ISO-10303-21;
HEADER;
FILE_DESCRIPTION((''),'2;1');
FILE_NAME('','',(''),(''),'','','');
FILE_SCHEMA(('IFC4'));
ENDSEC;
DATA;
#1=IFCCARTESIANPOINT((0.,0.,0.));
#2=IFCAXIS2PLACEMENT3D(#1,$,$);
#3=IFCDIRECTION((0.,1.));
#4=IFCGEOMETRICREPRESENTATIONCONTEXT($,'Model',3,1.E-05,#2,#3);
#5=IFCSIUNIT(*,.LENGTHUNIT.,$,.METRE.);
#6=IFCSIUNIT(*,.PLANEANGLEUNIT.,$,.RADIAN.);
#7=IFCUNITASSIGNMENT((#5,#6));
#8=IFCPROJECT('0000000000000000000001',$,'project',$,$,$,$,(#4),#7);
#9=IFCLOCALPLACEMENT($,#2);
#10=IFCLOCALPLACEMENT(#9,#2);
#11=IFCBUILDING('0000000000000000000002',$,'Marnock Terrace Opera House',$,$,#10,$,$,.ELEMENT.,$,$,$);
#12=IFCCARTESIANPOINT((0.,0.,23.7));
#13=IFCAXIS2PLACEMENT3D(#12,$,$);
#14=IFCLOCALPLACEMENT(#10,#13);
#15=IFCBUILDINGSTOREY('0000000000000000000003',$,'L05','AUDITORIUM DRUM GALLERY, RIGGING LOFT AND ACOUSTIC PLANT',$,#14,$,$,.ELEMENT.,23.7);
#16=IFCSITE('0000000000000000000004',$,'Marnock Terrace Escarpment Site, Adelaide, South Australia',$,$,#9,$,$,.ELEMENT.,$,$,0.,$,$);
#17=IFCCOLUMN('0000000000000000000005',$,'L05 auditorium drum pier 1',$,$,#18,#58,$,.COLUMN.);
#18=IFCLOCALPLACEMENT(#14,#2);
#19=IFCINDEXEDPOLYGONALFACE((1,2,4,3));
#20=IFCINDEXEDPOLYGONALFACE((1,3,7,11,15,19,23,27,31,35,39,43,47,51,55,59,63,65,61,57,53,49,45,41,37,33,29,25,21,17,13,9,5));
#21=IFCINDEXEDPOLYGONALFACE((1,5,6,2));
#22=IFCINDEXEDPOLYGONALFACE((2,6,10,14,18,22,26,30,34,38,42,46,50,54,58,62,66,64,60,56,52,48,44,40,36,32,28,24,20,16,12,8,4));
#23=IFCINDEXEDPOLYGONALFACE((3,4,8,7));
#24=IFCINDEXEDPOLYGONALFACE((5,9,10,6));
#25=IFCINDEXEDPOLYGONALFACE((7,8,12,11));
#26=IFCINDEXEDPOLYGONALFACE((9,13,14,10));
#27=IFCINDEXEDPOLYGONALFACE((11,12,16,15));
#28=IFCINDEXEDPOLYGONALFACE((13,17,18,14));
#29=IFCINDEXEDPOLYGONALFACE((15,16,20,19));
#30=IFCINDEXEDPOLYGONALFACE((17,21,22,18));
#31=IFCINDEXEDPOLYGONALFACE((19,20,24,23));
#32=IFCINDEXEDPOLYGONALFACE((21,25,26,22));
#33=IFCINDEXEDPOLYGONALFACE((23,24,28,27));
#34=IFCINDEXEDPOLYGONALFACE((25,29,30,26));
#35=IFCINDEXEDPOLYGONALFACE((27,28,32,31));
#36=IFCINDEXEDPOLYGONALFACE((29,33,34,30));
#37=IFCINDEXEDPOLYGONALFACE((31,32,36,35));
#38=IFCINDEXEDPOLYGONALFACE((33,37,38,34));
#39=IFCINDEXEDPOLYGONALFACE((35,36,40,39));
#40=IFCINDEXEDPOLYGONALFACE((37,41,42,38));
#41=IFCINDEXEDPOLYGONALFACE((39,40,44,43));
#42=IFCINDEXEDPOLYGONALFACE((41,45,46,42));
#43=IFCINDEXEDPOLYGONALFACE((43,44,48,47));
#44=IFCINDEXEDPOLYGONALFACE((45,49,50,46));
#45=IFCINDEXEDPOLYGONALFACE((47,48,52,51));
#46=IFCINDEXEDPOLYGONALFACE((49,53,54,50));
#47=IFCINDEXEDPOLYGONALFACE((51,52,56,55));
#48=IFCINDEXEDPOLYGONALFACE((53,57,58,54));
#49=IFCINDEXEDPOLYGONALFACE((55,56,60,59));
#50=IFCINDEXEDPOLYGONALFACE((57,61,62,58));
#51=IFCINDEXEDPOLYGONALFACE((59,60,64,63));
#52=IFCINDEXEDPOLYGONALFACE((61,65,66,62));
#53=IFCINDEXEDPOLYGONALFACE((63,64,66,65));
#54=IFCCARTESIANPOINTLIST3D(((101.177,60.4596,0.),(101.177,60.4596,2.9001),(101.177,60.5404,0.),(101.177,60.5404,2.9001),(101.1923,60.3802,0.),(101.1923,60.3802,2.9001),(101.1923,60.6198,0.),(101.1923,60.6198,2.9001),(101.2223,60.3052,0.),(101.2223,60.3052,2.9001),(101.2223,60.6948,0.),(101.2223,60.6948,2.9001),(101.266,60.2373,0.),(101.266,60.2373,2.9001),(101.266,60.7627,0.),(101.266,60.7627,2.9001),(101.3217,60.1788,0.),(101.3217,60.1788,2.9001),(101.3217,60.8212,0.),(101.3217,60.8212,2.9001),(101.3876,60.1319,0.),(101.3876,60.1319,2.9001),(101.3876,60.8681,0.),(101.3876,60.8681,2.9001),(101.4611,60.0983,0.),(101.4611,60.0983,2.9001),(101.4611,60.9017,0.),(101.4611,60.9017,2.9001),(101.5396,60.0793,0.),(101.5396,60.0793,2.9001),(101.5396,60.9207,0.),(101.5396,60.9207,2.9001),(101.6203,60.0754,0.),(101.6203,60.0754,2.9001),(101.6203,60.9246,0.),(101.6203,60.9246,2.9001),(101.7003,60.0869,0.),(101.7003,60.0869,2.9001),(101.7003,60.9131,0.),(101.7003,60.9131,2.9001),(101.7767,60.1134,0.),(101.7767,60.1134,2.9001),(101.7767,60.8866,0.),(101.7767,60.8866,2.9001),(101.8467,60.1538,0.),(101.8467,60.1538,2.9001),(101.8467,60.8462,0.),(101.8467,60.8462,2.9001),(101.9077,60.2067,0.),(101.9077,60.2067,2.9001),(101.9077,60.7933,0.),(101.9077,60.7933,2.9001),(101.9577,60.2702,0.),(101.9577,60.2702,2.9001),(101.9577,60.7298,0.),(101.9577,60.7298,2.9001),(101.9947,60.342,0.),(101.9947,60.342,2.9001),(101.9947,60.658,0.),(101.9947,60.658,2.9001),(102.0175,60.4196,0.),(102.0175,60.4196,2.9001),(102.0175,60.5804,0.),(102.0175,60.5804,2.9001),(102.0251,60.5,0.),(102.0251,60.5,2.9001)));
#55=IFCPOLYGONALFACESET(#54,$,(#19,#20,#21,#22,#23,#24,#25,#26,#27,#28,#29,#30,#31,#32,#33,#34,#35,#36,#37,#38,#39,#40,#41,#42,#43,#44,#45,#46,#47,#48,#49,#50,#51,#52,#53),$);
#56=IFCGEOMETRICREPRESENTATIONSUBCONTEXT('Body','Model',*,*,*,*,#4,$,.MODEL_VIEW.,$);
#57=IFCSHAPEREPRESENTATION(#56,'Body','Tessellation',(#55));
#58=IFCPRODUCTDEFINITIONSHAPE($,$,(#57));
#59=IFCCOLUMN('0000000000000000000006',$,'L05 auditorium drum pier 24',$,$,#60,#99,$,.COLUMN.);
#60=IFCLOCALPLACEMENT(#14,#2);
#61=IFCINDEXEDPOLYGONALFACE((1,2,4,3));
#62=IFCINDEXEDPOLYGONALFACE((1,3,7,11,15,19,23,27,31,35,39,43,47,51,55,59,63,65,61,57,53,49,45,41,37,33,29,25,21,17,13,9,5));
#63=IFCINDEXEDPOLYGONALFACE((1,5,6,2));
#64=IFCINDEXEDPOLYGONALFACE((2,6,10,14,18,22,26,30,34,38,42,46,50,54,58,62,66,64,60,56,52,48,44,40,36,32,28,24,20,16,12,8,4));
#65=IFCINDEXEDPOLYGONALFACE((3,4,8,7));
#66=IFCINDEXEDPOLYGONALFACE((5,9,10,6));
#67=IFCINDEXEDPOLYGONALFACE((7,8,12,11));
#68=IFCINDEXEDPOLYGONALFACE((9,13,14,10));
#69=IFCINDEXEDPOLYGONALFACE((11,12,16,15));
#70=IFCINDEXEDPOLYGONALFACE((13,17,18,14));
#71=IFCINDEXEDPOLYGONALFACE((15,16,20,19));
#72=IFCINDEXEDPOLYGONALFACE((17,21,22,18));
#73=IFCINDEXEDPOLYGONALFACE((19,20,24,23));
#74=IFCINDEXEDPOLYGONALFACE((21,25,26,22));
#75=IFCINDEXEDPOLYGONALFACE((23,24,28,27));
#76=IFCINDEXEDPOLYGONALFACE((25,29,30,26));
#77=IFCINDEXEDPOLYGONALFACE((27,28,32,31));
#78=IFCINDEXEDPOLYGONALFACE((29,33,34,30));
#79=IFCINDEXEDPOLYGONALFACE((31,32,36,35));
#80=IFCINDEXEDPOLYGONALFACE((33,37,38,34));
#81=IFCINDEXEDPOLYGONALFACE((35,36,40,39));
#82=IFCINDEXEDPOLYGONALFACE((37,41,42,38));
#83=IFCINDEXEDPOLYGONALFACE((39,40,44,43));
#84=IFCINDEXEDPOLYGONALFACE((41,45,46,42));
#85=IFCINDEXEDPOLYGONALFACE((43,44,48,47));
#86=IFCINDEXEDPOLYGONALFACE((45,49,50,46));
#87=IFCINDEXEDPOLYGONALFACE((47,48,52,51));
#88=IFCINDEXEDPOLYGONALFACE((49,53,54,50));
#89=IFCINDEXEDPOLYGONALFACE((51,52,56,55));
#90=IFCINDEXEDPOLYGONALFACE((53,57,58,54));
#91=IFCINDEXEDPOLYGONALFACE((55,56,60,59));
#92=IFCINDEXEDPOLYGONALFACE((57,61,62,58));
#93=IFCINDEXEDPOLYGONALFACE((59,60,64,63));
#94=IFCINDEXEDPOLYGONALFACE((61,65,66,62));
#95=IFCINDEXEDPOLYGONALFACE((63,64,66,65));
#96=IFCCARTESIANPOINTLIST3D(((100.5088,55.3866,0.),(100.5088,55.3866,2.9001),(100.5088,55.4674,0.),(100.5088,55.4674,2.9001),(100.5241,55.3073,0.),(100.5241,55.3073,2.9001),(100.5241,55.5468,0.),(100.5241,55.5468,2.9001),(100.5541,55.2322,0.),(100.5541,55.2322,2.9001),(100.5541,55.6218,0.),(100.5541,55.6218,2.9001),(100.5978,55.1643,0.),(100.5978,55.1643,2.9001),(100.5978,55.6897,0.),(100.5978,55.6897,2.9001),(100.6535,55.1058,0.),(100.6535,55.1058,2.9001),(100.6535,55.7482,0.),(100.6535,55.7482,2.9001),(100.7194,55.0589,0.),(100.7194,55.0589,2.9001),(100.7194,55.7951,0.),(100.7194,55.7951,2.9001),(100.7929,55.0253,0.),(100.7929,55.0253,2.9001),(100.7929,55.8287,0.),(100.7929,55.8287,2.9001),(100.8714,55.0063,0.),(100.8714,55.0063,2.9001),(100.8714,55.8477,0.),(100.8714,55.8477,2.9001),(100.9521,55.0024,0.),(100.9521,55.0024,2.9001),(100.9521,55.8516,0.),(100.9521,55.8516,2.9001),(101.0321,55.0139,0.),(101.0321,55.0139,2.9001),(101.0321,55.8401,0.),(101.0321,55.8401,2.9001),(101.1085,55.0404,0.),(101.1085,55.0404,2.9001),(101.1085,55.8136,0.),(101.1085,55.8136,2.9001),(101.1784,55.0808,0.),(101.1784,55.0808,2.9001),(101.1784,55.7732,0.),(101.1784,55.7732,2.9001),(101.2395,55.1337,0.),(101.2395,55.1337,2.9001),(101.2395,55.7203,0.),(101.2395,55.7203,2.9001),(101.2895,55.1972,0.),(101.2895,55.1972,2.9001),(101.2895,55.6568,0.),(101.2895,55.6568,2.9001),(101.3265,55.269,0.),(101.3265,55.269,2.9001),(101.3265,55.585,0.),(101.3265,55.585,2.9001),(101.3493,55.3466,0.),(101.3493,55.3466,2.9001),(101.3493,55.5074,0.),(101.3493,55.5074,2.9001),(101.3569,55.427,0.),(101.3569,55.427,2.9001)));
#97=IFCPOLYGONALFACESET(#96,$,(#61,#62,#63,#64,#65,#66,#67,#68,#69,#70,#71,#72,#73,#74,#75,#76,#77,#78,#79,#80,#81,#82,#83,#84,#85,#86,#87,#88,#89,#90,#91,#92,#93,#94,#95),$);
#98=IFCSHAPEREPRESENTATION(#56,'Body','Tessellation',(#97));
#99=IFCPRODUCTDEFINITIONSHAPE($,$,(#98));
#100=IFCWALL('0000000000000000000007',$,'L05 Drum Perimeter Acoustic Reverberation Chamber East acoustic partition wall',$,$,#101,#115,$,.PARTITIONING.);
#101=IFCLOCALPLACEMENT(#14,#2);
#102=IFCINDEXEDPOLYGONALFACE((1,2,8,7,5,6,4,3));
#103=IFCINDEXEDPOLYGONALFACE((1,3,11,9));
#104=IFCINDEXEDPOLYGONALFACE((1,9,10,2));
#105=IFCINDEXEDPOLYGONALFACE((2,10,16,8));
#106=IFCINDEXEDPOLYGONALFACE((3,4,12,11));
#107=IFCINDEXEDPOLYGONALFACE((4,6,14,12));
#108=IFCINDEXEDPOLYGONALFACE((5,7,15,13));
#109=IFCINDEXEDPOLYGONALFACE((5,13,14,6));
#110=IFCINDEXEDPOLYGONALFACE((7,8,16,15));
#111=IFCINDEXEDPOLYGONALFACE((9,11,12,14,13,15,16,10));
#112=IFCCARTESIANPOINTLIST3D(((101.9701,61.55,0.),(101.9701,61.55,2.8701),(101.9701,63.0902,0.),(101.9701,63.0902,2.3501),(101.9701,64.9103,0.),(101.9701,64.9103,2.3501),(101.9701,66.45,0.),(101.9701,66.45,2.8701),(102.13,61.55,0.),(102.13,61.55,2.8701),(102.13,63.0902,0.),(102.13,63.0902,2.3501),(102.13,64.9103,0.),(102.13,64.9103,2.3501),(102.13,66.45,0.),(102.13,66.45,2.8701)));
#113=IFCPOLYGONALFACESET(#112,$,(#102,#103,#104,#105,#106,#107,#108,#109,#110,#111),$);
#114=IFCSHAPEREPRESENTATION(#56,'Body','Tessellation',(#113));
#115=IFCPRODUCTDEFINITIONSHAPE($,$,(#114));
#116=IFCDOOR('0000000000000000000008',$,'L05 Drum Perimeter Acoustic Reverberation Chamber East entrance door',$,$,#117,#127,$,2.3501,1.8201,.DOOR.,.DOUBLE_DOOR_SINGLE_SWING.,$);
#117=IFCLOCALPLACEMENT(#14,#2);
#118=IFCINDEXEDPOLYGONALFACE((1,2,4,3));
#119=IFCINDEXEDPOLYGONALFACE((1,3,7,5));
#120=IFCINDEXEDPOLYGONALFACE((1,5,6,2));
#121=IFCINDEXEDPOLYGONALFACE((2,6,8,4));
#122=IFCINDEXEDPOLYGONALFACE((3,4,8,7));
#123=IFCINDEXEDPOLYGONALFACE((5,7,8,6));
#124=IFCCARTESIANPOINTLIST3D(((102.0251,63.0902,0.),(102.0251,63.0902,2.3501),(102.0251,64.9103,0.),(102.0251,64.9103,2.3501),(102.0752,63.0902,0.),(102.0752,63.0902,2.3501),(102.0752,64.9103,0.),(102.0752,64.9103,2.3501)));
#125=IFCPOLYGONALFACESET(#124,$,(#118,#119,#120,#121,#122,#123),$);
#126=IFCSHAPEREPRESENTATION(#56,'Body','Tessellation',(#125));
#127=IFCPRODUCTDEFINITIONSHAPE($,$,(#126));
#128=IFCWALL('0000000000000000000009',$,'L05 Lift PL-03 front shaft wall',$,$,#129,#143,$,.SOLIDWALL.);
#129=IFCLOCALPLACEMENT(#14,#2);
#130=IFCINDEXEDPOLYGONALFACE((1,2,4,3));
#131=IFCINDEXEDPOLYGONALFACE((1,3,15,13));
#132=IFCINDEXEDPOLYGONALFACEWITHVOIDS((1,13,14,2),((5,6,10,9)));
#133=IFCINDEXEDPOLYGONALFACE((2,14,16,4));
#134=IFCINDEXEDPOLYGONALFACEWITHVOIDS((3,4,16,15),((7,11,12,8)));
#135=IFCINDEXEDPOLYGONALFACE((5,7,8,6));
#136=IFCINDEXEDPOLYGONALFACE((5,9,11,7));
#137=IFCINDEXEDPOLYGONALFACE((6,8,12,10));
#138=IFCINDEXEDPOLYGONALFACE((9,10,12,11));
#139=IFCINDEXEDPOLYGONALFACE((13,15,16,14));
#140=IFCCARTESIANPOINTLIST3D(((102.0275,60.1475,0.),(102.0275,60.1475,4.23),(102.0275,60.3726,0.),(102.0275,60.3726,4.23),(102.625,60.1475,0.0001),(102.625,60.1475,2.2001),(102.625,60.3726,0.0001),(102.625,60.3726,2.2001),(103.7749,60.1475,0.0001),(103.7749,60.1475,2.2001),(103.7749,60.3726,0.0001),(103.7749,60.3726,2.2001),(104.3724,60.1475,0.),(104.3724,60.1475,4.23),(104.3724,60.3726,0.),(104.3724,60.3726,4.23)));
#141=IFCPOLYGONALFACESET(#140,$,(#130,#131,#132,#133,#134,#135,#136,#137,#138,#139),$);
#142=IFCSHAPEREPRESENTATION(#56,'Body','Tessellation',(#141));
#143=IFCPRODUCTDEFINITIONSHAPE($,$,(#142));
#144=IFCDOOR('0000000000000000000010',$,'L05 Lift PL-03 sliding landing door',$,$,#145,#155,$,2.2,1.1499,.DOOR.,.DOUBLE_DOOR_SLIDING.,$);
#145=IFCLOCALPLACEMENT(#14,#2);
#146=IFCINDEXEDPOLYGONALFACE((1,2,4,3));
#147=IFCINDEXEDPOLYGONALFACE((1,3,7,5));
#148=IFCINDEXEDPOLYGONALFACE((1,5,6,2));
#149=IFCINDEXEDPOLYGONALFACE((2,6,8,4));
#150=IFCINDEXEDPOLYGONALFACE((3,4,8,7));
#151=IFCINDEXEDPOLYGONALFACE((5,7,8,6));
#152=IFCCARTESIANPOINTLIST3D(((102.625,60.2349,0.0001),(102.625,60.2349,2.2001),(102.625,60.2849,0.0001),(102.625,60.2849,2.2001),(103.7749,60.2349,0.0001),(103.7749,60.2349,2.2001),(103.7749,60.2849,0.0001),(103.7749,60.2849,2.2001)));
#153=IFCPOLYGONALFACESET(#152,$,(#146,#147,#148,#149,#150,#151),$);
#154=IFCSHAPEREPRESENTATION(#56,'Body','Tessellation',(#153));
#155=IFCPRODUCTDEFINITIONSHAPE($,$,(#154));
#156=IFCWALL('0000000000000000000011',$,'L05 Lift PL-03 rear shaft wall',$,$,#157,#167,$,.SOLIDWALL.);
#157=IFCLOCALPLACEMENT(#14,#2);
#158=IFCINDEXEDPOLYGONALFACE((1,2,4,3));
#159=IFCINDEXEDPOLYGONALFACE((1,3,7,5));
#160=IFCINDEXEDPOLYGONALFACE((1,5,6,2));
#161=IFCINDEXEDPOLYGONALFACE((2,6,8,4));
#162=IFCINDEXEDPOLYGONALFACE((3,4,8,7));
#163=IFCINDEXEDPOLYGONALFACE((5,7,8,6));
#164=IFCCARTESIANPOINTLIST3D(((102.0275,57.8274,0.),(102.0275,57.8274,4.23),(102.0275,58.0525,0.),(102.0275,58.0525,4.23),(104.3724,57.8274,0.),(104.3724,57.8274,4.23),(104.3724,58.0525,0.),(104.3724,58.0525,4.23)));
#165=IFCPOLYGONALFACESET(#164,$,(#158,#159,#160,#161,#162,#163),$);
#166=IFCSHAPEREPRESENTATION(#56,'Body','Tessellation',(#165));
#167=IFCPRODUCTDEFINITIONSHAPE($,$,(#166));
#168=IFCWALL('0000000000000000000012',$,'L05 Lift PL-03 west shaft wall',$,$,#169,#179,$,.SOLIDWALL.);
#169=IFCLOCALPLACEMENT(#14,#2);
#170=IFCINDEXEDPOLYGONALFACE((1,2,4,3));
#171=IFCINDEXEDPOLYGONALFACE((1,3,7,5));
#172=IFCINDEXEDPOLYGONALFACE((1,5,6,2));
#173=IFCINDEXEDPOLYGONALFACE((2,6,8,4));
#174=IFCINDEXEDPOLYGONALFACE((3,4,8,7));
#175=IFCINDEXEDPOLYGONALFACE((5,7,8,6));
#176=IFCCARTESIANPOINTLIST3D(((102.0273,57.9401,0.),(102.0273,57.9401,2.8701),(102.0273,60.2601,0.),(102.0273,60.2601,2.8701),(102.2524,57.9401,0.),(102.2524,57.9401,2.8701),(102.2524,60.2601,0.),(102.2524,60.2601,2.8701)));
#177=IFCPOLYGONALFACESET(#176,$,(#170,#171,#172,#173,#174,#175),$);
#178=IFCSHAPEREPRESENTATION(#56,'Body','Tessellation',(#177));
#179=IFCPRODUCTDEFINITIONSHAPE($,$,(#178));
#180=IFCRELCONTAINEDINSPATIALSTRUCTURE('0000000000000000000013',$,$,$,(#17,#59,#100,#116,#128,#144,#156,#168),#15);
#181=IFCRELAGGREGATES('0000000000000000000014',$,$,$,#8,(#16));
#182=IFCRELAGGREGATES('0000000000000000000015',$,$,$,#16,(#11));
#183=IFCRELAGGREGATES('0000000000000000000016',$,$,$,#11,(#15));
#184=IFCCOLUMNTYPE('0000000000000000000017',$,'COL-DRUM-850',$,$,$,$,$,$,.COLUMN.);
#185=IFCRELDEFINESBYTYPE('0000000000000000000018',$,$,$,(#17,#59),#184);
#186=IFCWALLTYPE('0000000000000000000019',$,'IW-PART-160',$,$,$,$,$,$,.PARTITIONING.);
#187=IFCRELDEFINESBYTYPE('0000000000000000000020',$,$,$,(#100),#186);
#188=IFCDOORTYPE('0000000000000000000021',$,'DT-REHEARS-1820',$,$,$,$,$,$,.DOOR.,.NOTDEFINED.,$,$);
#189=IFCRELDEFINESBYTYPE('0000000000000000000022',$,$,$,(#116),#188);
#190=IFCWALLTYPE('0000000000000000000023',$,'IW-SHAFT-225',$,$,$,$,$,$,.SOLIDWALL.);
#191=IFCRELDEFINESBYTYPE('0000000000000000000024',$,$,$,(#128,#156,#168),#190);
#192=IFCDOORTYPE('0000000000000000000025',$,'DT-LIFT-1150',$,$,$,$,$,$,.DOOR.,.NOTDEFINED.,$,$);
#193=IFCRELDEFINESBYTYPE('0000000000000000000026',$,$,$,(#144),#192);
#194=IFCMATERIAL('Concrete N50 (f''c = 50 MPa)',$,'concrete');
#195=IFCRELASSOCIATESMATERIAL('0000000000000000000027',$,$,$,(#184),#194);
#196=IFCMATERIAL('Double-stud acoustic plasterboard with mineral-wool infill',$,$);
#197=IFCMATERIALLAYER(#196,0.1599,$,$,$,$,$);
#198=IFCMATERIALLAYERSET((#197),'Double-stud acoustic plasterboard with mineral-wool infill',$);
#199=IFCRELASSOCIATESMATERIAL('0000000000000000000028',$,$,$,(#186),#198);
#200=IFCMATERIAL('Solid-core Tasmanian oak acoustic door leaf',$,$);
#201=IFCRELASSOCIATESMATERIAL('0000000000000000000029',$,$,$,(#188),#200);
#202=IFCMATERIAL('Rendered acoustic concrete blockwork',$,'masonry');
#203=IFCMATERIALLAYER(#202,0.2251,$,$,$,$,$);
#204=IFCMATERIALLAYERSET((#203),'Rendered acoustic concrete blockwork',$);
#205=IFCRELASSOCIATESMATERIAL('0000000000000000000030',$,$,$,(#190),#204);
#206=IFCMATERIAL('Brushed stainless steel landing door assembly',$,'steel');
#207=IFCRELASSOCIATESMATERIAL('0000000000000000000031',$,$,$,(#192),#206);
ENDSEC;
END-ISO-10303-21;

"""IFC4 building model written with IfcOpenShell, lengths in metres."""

from ifc_helpers import new_model, si_unit, direction, frame, frame_2d, origin, origin_2d, place, context, subcontext, project, spatial, rectangle, circle, extrude, material, layer, layer_set, material_profile, profile_set, type_object, element, fill, save


model = new_model("IFC4")

# Units and contexts
model_context = context("Model", 3, precision=1e-05, world=origin(), true_north=direction((0.0, 1.0)))
body_context = subcontext(model_context, "Body", "Model", "MODEL_VIEW")
ifc_project = project(units=[si_unit("LENGTHUNIT", "METRE"), si_unit("PLANEANGLEUNIT", "RADIAN")], contexts=[model_context])

# Site, building, storey
site_placement = place(None, origin())
site = spatial("IfcSite", under=ifc_project, at=site_placement, Name="Marnock Terrace Escarpment Site, Adelaide, South Australia", CompositionType="ELEMENT", RefElevation=0.0)
building_placement = place(site_placement, origin())
building = spatial("IfcBuilding", under=site, at=building_placement, Name="Marnock Terrace Opera House", CompositionType="ELEMENT")
storey_placement = place(building_placement, frame((0.0, 0.0, 23.7)))
storey = spatial("IfcBuildingStorey", under=building, at=storey_placement, Name="L05", Description="AUDITORIUM DRUM GALLERY, RIGGING LOFT AND ACOUSTIC PLANT", CompositionType="ELEMENT", Elevation=23.7)

# Columns
ifc_material_1 = material(Name="Concrete N50 (f'c = 50 MPa)", Category="concrete")
ifc_material_profile = material_profile(ifc_material_1, circle(Radius=0.425, at=origin_2d()))
ifc_profile_set = profile_set([ifc_material_profile], Name="Concrete N50 (f'c = 50 MPa)")
column_type = type_object("IfcColumnType", Name="COL-DRUM-850", PredefinedType="COLUMN", material=ifc_profile_set)
for number, where, z_axis, x_axis, name in (
    (1, (101.6001, 60.5, 0.0), (0.0, 0.0, 1.0), (1.0, 0.0, 0.0), "L05 auditorium drum pier 1"),
    (2, (100.9319, 55.427, 0.0), (0.0, 0.0, 1.0), (1.0, 0.0, 0.0), "L05 auditorium drum pier 24"),
):
    element("IfcColumn", number, at=place(storey_placement, frame(where, z_axis=z_axis, x_axis=x_axis)), inside=storey, type_object=column_type, Name=name, PredefinedType="COLUMN", context=body_context, shape_type="SweptSolid", body=[
        extrude(circle(Radius=0.425, at=origin_2d()), origin(), (0.0, 0.0, 1.0), 2.9001),
    ])

# Walls, openings, doors
ifc_material_2 = material(Name="Double-stud acoustic plasterboard with mineral-wool infill")
ifc_layer_1 = layer(ifc_material_2, 0.1599)
ifc_layer_set_1 = layer_set([ifc_layer_1], Name="Double-stud acoustic plasterboard with mineral-wool infill")
wall_type_1 = type_object("IfcWallType", Name="IW-PART-160", PredefinedType="PARTITIONING", material=ifc_layer_set_1)
wall_1_placement = place(storey_placement, frame((102.05, 61.55, 0.0), z_axis=(0.0, 0.0, 1.0), x_axis=(0.0, 1.0, 0.0)))
wall_1 = element("IfcWall", 3, at=wall_1_placement, inside=storey, type_object=wall_type_1, Name="L05 Drum Perimeter Acoustic Reverberation Chamber East acoustic partition wall", PredefinedType="PARTITIONING", context=body_context, shape_type="SweptSolid", body=[
    extrude(rectangle(XDim=4.8999, YDim=0.1599, at=frame_2d((2.45, 0.0))), origin(), (0.0, 0.0, 1.0), 2.8701),
])
opening_1_placement = place(wall_1_placement, frame((1.54, 0.0, 0.0)))
opening_1 = element("IfcOpeningElement", 4, at=opening_1_placement, cuts=wall_1, PredefinedType="OPENING", context=body_context, shape_type="SweptSolid", body=[
    extrude(rectangle(XDim=1.8201, YDim=2.3501, at=frame_2d((0.9102, 1.175))), frame((0.0, 0.0898, 0.0), z_axis=(0.0, -1.0, 0.0), x_axis=(1.0, 0.0, 0.0)), (0.0, 0.0, 1.0), 0.1799),
])
ifc_material_3 = material(Name="Solid-core Tasmanian oak acoustic door leaf")
door_type_1 = type_object("IfcDoorType", Name="DT-REHEARS-1820", OperationType="NOTDEFINED", PredefinedType="DOOR", material=ifc_material_3)
door_1_placement = place(opening_1_placement, origin())
door_1 = element("IfcDoor", 5, at=door_1_placement, inside=storey, type_object=door_type_1, Name="L05 Drum Perimeter Acoustic Reverberation Chamber East entrance door", OperationType="DOUBLE_DOOR_SINGLE_SWING", OverallHeight=2.3501, OverallWidth=1.8201, PredefinedType="DOOR", context=body_context, shape_type="SweptSolid", body=[
    extrude(rectangle(XDim=1.8201, YDim=2.3501, at=frame_2d((0.9102, 1.175))), frame((0.0, 0.0249, 0.0), z_axis=(0.0, -1.0, 0.0), x_axis=(1.0, 0.0, 0.0)), (0.0, 0.0, 1.0), 0.05),
])
fill(opening_1, door_1)
ifc_material_4 = material(Name="Rendered acoustic concrete blockwork", Category="masonry")
ifc_layer_2 = layer(ifc_material_4, 0.2251)
ifc_layer_set_2 = layer_set([ifc_layer_2], Name="Rendered acoustic concrete blockwork")
wall_type_2 = type_object("IfcWallType", Name="IW-SHAFT-225", PredefinedType="SOLIDWALL", material=ifc_layer_set_2)
wall_2_placement = place(storey_placement, frame((102.0276, 60.26, 0.0), z_axis=(0.0, 0.0, 1.0), x_axis=(1.0, 0.0, 0.0)))
wall_2 = element("IfcWall", 6, at=wall_2_placement, inside=storey, type_object=wall_type_2, Name="L05 Lift PL-03 front shaft wall", PredefinedType="SOLIDWALL", context=body_context, shape_type="SweptSolid", body=[
    extrude(rectangle(XDim=2.345, YDim=0.2251, at=frame_2d((1.1724, 0.0))), origin(), (0.0, 0.0, 1.0), 4.23),
])
opening_2_placement = place(wall_2_placement, frame((0.5974, 0.0, 0.0)))
opening_2 = element("IfcOpeningElement", 7, at=opening_2_placement, cuts=wall_2, PredefinedType="OPENING", context=body_context, shape_type="SweptSolid", body=[
    extrude(rectangle(XDim=1.1499, YDim=2.2, at=frame_2d((0.575, 1.1001))), frame((0.0, 0.1226, 0.0), z_axis=(0.0, -1.0, 0.0), x_axis=(1.0, 0.0, 0.0)), (0.0, 0.0, 1.0), 0.2451),
])
ifc_material_5 = material(Name="Brushed stainless steel landing door assembly", Category="steel")
door_type_2 = type_object("IfcDoorType", Name="DT-LIFT-1150", OperationType="NOTDEFINED", PredefinedType="DOOR", material=ifc_material_5)
door_2_placement = place(opening_2_placement, origin())
door_2 = element("IfcDoor", 8, at=door_2_placement, inside=storey, type_object=door_type_2, Name="L05 Lift PL-03 sliding landing door", OperationType="DOUBLE_DOOR_SLIDING", OverallHeight=2.2, OverallWidth=1.1499, PredefinedType="DOOR", context=body_context, shape_type="SweptSolid", body=[
    extrude(rectangle(XDim=1.1499, YDim=2.2, at=frame_2d((0.575, 1.1001))), frame((0.0, 0.0249, 0.0), z_axis=(0.0, -1.0, 0.0), x_axis=(1.0, 0.0, 0.0)), (0.0, 0.0, 1.0), 0.05),
])
fill(opening_2, door_2)

# Walls
wall_3_placement = place(storey_placement, frame((102.0276, 57.9399, 0.0), z_axis=(0.0, 0.0, 1.0), x_axis=(1.0, 0.0, 0.0)))
element("IfcWall", 9, at=wall_3_placement, inside=storey, type_object=wall_type_2, Name="L05 Lift PL-03 rear shaft wall", PredefinedType="SOLIDWALL", context=body_context, shape_type="SweptSolid", body=[
    extrude(rectangle(XDim=2.345, YDim=0.2251, at=frame_2d((1.1724, 0.0))), origin(), (0.0, 0.0, 1.0), 4.23),
])
wall_4_placement = place(storey_placement, frame((102.1399, 57.9399, 0.0), z_axis=(0.0, 0.0, 1.0), x_axis=(0.0, 1.0, 0.0)))
element("IfcWall", 10, at=wall_4_placement, inside=storey, type_object=wall_type_2, Name="L05 Lift PL-03 west shaft wall", PredefinedType="SOLIDWALL", context=body_context, shape_type="SweptSolid", body=[
    extrude(rectangle(XDim=2.3201, YDim=0.2251, at=frame_2d((1.1602, 0.0))), origin(), (0.0, 0.0, 1.0), 2.8701),
])

save(model, "model.ifc")
